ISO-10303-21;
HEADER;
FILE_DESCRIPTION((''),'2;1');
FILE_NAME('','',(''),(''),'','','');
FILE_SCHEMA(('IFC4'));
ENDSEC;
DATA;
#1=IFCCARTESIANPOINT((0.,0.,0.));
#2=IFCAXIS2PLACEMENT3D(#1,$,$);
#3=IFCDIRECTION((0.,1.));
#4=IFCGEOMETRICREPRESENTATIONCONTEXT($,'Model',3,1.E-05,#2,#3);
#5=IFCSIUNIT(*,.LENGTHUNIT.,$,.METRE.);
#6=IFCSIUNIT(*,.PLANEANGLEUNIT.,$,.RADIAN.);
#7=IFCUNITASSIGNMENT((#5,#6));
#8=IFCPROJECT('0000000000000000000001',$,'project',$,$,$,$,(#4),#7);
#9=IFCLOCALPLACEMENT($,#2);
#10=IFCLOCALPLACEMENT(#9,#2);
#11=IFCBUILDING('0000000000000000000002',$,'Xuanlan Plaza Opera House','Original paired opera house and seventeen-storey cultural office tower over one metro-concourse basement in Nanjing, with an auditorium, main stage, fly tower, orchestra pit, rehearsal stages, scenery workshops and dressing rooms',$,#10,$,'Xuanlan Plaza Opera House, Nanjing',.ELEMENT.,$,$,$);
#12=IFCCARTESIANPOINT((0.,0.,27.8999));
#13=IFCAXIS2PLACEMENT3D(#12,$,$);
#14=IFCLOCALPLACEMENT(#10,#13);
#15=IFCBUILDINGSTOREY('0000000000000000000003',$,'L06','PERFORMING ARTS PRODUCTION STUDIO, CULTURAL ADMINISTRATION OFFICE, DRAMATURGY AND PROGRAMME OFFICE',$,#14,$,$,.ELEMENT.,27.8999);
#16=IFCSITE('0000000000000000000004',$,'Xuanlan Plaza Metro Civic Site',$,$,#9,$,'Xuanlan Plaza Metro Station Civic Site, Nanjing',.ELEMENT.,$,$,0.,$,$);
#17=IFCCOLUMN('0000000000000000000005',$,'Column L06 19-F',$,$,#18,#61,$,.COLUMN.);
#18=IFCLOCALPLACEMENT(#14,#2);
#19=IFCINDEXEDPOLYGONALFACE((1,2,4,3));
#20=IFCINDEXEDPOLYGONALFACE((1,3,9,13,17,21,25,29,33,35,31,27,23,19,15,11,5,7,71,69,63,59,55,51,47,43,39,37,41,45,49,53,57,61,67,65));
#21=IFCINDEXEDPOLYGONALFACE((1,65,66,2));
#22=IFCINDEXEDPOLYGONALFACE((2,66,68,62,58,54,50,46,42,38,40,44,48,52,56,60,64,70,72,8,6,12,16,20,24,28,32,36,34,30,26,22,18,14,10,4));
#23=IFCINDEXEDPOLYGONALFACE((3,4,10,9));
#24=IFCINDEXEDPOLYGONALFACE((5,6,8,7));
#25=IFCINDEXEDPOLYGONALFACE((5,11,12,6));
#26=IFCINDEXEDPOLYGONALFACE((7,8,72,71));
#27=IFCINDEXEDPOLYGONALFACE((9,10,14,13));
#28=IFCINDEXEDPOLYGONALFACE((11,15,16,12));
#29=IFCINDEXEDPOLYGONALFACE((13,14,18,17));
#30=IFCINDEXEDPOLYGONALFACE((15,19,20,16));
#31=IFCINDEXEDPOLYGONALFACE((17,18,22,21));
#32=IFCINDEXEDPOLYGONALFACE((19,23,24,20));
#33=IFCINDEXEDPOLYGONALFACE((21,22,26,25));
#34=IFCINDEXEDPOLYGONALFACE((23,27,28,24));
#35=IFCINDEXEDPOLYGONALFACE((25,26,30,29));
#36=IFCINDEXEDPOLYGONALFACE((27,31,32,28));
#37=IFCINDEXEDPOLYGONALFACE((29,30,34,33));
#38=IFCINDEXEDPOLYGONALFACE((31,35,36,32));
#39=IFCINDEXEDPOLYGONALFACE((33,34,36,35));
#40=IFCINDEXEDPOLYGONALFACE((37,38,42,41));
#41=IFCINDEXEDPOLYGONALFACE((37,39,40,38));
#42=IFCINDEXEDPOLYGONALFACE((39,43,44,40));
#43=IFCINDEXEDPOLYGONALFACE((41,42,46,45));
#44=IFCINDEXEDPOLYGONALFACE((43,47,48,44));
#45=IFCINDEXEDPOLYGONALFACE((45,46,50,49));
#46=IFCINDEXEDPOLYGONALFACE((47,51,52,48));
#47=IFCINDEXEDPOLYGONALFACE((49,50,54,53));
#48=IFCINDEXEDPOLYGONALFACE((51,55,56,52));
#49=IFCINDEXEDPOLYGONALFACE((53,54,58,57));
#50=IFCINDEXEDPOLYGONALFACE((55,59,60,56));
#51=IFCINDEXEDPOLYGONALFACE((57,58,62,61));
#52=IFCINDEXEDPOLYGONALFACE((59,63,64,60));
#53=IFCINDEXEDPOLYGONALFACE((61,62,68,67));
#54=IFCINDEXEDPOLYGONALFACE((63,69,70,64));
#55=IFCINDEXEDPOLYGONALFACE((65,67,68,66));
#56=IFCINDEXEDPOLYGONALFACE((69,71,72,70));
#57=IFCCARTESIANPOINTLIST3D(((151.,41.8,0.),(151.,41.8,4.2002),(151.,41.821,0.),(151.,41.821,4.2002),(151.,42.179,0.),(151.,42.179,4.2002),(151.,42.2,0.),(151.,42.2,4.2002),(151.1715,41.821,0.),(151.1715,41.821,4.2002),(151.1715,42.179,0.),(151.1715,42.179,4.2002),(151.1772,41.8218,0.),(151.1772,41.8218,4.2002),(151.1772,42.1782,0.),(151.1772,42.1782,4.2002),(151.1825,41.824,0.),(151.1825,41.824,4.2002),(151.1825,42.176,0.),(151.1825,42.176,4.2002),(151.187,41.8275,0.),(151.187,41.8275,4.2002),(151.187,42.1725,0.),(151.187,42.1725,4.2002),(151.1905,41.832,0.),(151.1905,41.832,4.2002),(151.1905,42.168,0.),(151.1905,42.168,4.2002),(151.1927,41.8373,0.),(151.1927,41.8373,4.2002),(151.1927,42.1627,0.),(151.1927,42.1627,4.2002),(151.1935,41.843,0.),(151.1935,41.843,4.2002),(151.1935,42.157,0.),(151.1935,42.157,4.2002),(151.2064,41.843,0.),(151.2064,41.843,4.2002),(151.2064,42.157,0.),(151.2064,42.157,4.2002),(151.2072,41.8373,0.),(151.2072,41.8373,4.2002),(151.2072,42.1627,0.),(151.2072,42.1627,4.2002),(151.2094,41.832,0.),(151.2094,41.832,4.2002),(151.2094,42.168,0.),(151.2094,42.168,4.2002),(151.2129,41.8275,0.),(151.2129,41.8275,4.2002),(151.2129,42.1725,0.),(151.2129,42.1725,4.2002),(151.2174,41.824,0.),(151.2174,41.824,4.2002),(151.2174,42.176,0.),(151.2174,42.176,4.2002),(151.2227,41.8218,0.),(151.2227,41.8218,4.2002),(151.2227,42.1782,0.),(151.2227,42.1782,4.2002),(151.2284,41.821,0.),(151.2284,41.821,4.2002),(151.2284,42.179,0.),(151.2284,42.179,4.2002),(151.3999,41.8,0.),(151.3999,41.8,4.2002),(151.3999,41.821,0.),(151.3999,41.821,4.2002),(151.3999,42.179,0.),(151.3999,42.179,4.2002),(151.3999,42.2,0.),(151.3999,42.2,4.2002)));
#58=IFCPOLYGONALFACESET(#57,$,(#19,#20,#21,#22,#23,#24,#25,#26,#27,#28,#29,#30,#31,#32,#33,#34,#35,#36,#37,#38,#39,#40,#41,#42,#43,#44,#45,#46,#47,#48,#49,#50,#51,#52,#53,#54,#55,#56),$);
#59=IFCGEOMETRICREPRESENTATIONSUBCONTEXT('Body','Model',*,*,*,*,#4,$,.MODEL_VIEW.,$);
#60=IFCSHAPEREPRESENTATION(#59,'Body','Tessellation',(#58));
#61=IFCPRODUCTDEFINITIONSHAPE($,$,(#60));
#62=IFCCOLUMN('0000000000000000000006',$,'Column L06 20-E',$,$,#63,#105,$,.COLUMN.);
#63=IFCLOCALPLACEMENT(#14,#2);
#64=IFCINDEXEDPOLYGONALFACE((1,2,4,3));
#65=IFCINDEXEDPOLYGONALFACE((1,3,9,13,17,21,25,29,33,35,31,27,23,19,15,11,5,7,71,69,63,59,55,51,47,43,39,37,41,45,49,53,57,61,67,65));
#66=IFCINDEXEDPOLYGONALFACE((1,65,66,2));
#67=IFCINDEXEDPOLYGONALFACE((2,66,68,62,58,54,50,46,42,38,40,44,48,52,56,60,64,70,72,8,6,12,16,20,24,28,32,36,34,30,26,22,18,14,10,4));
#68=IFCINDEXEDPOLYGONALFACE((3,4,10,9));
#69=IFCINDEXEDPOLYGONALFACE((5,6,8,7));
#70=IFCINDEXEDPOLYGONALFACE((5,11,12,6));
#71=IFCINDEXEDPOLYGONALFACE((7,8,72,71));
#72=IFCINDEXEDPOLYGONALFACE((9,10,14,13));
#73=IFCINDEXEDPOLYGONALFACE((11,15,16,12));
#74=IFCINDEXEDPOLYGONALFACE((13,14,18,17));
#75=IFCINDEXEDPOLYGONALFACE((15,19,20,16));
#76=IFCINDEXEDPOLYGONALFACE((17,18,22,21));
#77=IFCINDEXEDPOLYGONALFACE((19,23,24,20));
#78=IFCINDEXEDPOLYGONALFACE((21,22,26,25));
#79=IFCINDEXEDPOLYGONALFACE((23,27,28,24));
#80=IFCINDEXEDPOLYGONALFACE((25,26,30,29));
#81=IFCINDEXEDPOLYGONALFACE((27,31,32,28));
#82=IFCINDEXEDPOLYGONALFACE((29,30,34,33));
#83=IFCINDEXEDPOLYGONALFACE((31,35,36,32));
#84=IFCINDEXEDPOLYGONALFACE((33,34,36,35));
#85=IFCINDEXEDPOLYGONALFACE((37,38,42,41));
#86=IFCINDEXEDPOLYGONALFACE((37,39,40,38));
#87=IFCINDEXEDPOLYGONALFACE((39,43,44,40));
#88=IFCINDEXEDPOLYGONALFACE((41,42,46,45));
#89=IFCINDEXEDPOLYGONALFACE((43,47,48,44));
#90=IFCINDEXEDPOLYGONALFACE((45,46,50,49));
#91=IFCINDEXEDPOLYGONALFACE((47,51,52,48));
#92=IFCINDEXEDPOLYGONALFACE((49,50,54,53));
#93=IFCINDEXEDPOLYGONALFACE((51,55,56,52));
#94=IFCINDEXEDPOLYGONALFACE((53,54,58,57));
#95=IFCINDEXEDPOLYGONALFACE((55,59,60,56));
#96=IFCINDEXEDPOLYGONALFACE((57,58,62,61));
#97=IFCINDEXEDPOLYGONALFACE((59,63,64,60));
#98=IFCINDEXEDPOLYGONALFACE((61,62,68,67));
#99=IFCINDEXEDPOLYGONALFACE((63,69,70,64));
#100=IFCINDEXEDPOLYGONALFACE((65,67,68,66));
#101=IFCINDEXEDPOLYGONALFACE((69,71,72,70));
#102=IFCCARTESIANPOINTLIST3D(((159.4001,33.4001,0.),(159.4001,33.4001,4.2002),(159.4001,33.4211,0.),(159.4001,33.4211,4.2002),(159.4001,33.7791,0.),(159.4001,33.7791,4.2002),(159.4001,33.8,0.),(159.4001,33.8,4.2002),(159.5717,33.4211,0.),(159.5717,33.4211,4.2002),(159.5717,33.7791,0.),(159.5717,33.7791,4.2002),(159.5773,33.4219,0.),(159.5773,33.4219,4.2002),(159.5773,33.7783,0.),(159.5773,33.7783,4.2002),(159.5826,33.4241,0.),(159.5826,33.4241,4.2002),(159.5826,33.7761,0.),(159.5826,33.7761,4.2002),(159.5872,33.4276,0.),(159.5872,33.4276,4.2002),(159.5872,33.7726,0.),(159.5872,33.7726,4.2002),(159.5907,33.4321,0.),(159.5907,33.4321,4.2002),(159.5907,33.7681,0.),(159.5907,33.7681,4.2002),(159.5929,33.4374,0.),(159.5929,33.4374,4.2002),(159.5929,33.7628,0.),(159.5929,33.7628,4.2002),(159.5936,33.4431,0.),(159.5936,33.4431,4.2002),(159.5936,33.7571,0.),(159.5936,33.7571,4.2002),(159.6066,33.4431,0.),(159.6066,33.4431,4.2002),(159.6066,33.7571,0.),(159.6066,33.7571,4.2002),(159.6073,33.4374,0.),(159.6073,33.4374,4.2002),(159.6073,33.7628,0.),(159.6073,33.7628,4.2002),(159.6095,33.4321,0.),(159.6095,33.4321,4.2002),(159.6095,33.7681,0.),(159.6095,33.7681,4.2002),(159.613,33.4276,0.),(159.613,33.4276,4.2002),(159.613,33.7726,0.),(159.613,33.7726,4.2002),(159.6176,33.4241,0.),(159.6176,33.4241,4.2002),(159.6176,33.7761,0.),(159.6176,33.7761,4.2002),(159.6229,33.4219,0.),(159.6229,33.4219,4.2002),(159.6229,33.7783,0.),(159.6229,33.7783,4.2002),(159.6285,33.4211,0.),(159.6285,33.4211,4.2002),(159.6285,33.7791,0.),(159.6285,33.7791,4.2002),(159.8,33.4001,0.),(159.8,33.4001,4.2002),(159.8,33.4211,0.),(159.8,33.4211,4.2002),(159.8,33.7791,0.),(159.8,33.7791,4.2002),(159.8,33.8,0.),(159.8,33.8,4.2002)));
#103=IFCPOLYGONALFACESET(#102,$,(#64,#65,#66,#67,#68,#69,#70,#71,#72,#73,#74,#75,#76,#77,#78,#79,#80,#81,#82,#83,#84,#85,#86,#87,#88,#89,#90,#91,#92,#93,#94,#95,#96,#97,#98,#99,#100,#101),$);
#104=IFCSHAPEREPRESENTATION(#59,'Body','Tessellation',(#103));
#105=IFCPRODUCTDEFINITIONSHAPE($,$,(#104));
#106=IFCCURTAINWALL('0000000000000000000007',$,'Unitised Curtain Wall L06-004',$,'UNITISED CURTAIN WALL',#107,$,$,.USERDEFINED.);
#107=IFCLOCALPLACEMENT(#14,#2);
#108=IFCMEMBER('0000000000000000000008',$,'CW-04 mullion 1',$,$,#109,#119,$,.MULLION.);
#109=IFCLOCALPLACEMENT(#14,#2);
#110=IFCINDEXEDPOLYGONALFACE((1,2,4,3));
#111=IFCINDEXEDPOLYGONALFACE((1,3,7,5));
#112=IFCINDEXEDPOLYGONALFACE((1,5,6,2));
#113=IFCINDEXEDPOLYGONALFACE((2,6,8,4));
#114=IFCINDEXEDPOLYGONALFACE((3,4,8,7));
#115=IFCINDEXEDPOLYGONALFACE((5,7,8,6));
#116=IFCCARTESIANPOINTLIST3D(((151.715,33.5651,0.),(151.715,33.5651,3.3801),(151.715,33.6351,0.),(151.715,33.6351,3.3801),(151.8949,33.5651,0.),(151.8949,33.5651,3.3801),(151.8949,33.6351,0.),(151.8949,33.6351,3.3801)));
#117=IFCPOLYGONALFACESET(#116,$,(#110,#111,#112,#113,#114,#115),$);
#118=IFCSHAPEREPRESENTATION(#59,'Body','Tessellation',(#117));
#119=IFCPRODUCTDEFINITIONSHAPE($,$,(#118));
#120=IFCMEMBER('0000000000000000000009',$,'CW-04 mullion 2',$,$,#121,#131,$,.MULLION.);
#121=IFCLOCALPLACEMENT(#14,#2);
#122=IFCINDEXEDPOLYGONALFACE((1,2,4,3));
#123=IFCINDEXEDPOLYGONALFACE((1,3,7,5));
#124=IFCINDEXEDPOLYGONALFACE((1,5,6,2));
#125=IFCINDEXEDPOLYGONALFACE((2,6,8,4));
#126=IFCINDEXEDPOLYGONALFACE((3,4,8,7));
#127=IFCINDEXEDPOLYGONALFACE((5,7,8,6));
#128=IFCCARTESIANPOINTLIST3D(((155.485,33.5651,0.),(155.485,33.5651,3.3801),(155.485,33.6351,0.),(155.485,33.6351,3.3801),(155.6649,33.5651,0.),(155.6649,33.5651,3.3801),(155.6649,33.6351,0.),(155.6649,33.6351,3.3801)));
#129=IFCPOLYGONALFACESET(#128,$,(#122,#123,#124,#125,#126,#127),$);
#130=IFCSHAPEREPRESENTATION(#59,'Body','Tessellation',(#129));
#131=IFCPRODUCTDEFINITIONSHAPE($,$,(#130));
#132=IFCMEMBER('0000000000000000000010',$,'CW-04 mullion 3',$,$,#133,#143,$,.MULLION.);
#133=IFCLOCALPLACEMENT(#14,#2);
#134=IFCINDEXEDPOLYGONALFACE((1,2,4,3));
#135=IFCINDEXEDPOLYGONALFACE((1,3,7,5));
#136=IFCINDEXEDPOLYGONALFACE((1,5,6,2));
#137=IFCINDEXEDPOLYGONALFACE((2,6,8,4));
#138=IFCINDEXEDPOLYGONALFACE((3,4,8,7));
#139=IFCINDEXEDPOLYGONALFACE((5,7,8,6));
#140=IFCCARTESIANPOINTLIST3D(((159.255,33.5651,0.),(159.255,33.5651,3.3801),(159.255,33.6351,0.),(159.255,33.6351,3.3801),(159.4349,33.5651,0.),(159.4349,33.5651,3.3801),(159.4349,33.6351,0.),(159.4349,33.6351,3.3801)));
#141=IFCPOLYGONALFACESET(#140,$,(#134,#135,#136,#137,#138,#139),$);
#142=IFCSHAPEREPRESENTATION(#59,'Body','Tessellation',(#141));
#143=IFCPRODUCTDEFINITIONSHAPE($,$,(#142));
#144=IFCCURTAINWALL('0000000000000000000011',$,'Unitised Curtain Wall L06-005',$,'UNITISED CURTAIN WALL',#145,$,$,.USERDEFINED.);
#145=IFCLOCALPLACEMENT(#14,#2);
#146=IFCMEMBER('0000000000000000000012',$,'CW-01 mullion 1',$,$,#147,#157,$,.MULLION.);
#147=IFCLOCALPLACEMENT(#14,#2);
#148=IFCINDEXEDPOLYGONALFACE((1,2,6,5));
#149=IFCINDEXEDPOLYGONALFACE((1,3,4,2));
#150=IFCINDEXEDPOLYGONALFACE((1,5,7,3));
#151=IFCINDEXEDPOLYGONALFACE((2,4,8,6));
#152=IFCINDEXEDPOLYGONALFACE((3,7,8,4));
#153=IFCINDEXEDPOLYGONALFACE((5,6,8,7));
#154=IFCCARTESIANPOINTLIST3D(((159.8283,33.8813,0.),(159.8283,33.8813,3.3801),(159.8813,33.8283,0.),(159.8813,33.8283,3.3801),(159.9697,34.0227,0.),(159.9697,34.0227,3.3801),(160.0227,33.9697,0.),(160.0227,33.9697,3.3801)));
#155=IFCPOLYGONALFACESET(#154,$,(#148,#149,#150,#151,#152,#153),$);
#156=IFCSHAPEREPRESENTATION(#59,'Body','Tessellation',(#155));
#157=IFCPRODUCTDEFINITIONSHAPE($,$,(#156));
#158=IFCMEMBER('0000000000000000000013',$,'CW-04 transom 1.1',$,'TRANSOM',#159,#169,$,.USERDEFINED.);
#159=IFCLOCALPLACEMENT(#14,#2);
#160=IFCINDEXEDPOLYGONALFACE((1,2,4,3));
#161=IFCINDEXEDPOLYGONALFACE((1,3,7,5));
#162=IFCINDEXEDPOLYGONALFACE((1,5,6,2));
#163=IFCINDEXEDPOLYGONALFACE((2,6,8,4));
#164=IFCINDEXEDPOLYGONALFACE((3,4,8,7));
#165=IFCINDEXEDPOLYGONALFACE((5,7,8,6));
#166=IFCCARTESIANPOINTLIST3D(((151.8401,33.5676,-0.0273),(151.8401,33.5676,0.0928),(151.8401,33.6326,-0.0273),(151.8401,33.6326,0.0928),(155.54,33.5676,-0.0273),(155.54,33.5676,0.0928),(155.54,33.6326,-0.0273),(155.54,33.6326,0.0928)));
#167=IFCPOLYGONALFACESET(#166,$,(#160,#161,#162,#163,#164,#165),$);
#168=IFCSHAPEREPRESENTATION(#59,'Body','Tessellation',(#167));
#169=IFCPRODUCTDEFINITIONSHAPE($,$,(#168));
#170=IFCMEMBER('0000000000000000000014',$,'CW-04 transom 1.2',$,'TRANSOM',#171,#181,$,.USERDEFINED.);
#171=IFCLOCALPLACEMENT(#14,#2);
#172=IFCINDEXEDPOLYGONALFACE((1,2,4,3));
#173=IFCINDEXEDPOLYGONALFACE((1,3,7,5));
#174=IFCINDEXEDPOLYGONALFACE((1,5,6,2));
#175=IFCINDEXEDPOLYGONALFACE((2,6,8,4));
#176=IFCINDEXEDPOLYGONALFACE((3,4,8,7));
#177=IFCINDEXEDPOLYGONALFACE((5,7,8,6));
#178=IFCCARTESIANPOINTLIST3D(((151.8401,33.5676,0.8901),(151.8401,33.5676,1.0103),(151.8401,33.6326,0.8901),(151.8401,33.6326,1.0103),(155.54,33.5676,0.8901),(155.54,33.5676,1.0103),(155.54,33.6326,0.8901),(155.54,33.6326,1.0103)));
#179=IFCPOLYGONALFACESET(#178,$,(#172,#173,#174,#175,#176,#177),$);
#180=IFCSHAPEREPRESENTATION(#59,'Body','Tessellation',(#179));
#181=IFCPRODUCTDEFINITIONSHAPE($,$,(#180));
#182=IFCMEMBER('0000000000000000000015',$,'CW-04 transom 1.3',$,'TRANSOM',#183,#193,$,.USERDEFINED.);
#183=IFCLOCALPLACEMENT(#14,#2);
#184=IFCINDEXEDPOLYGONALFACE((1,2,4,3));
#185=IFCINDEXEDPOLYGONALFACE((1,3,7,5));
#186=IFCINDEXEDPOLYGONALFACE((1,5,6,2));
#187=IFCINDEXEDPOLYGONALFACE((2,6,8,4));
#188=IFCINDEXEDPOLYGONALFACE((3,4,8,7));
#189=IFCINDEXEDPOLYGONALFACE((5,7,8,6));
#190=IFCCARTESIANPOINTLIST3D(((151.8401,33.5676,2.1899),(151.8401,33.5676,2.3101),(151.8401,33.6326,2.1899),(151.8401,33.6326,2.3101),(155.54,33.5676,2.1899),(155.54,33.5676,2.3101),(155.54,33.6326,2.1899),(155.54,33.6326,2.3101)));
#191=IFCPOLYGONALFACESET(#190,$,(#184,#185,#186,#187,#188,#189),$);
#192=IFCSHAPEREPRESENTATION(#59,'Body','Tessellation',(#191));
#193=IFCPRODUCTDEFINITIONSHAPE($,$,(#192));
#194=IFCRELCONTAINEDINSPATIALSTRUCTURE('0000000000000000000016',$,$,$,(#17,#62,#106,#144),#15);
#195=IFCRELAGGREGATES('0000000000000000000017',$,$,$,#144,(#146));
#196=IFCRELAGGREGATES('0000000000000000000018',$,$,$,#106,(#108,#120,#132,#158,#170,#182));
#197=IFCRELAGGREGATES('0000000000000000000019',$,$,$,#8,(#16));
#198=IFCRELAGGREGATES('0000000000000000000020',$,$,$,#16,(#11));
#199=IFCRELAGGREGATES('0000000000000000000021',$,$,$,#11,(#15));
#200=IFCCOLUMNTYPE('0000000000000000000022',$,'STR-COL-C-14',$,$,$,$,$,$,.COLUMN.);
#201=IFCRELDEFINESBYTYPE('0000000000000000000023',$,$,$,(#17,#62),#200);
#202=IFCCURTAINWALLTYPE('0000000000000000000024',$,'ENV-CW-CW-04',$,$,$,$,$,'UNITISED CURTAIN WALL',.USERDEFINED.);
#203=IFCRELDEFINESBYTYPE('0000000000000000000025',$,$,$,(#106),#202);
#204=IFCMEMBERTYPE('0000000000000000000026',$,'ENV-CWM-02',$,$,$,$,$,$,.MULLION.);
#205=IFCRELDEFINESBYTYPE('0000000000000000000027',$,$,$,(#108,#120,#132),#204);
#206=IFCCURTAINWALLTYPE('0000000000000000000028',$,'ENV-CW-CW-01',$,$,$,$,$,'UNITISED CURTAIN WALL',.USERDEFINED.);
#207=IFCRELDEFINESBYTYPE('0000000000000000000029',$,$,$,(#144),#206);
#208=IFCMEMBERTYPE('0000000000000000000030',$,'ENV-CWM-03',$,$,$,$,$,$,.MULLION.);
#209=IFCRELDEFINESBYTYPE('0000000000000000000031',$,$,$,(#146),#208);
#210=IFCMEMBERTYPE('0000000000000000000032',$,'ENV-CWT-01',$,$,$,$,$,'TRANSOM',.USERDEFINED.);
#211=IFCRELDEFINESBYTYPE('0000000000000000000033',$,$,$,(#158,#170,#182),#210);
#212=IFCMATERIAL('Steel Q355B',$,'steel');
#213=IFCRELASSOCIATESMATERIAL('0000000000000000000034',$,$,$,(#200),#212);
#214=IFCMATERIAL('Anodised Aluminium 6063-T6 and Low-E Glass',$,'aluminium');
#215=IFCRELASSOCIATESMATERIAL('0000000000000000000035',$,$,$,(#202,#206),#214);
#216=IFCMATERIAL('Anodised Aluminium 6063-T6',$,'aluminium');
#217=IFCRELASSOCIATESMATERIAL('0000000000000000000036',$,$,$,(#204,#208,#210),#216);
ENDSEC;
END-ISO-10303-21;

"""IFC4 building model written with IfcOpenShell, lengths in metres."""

from ifc_helpers import new_model, si_unit, direction, frame, origin, origin_2d, place, context, subcontext, project, spatial, rectangle, i_section, extrude, material, material_profile, profile_set, type_object, element, aggregate, save


model = new_model("IFC4")

# Units and contexts
model_context = context("Model", 3, precision=1e-05, world=origin(), true_north=direction((0.0, 1.0)))
body_context = subcontext(model_context, "Body", "Model", "MODEL_VIEW")
ifc_project = project(units=[si_unit("LENGTHUNIT", "METRE"), si_unit("PLANEANGLEUNIT", "RADIAN")], contexts=[model_context])

# Site, building, storey
site_placement = place(None, origin())
site = spatial("IfcSite", under=ifc_project, at=site_placement, Name="Xuanlan Plaza Metro Civic Site", LongName="Xuanlan Plaza Metro Station Civic Site, Nanjing", CompositionType="ELEMENT", RefElevation=0.0)
building_placement = place(site_placement, origin())
building = spatial("IfcBuilding", under=site, at=building_placement, Name="Xuanlan Plaza Opera House", Description="Original paired opera house and seventeen-storey cultural office tower over one metro-concourse basement in Nanjing, with an auditorium, main stage, fly tower, orchestra pit, rehearsal stages, scenery workshops and dressing rooms", LongName="Xuanlan Plaza Opera House, Nanjing", CompositionType="ELEMENT")
storey_placement = place(building_placement, frame((0.0, 0.0, 27.8999)))
storey = spatial("IfcBuildingStorey", under=building, at=storey_placement, Name="L06", Description="PERFORMING ARTS PRODUCTION STUDIO, CULTURAL ADMINISTRATION OFFICE, DRAMATURGY AND PROGRAMME OFFICE", CompositionType="ELEMENT", Elevation=27.8999)

# Columns
ifc_material_1 = material(Name="Steel Q355B", Category="steel")
ifc_material_profile_1 = material_profile(ifc_material_1, i_section(OverallWidth=0.3999, OverallDepth=0.3999, WebThickness=0.0129, FlangeThickness=0.021, FilletRadius=0.022, at=origin_2d()), Name="HW 400x400x13x21")
ifc_profile_set_1 = profile_set([ifc_material_profile_1], Name="Steel Q355B")
column_type = type_object("IfcColumnType", Name="STR-COL-C-14", PredefinedType="COLUMN", material=ifc_profile_set_1)
for number, where, z_axis, x_axis, name in (
    (1, (151.2, 42.0, 0.0), (0.0, 0.0, 1.0), (1.0, 0.0, 0.0), "Column L06 19-F"),
    (2, (159.6001, 33.6001, 0.0), (0.0, 0.0, 1.0), (1.0, 0.0, 0.0), "Column L06 20-E"),
):
    element("IfcColumn", number, at=place(storey_placement, frame(where, z_axis=z_axis, x_axis=x_axis)), inside=storey, type_object=column_type, Name=name, PredefinedType="COLUMN", context=body_context, shape_type="SweptSolid", body=[
        extrude(i_section(OverallWidth=0.3999, OverallDepth=0.3999, WebThickness=0.0129, FlangeThickness=0.021, FilletRadius=0.022, at=origin_2d()), origin(), (0.0, 0.0, 1.0), 4.2002),
    ])

# Curtain wall, members
ifc_material_2 = material(Name="Anodised Aluminium 6063-T6 and Low-E Glass", Category="aluminium")
curtain_wall_type_1 = type_object("IfcCurtainWallType", Name="ENV-CW-CW-04", ElementType="UNITISED CURTAIN WALL", PredefinedType="USERDEFINED", material=ifc_material_2)
curtain_wall_1_placement = place(storey_placement, origin())
curtain_wall_1 = element("IfcCurtainWall", 3, at=curtain_wall_1_placement, inside=storey, type_object=curtain_wall_type_1, Name="Unitised Curtain Wall L06-004", ObjectType="UNITISED CURTAIN WALL", PredefinedType="USERDEFINED")
ifc_material_3 = material(Name="Anodised Aluminium 6063-T6", Category="aluminium")
ifc_material_profile_2 = material_profile(ifc_material_3, rectangle(XDim=0.0701, YDim=0.1799, at=origin_2d()), Name="ALU-M 70x180")
ifc_profile_set_2 = profile_set([ifc_material_profile_2], Name="Anodised Aluminium 6063-T6")
member_type_1 = type_object("IfcMemberType", Name="ENV-CWM-02", PredefinedType="MULLION", material=ifc_profile_set_2)
member_1_placement = place(storey_placement, frame((151.8049, 33.6001, 0.0), z_axis=(0.0, 0.0, 1.0), x_axis=(0.0, 1.0, 0.0)))
member_1 = element("IfcMember", 4, at=member_1_placement, type_object=member_type_1, Name="CW-04 mullion 1", PredefinedType="MULLION", context=body_context, shape_type="SweptSolid", body=[
    extrude(rectangle(XDim=0.0701, YDim=0.1799, at=origin_2d()), origin(), (0.0, 0.0, 1.0), 3.3801),
])
member_2_placement = place(storey_placement, frame((155.575, 33.6001, 0.0), z_axis=(0.0, 0.0, 1.0), x_axis=(0.0, 1.0, 0.0)))
member_2 = element("IfcMember", 5, at=member_2_placement, type_object=member_type_1, Name="CW-04 mullion 2", PredefinedType="MULLION", context=body_context, shape_type="SweptSolid", body=[
    extrude(rectangle(XDim=0.0701, YDim=0.1799, at=origin_2d()), origin(), (0.0, 0.0, 1.0), 3.3801),
])
member_3_placement = place(storey_placement, frame((159.345, 33.6001, 0.0), z_axis=(0.0, 0.0, 1.0), x_axis=(0.0, 1.0, 0.0)))
member_3 = element("IfcMember", 6, at=member_3_placement, type_object=member_type_1, Name="CW-04 mullion 3", PredefinedType="MULLION", context=body_context, shape_type="SweptSolid", body=[
    extrude(rectangle(XDim=0.0701, YDim=0.1799, at=origin_2d()), origin(), (0.0, 0.0, 1.0), 3.3801),
])

# Curtain wall, member
curtain_wall_type_2 = type_object("IfcCurtainWallType", Name="ENV-CW-CW-01", ElementType="UNITISED CURTAIN WALL", PredefinedType="USERDEFINED", material=ifc_material_2)
curtain_wall_2_placement = place(storey_placement, origin())
curtain_wall_2 = element("IfcCurtainWall", 7, at=curtain_wall_2_placement, inside=storey, type_object=curtain_wall_type_2, Name="Unitised Curtain Wall L06-005", ObjectType="UNITISED CURTAIN WALL", PredefinedType="USERDEFINED")
ifc_material_profile_3 = material_profile(ifc_material_3, rectangle(XDim=0.075, YDim=0.2, at=origin_2d()), Name="ALU-M 75x200")
ifc_profile_set_3 = profile_set([ifc_material_profile_3], Name="Anodised Aluminium 6063-T6")
member_type_2 = type_object("IfcMemberType", Name="ENV-CWM-03", PredefinedType="MULLION", material=ifc_profile_set_3)
member_4_placement = place(storey_placement, frame((159.9255, 33.9255, 0.0), z_axis=(0.0, 0.0, 1.0), x_axis=(-0.707107, 0.707107, 0.0)))
member_4 = element("IfcMember", 8, at=member_4_placement, type_object=member_type_2, Name="CW-01 mullion 1", PredefinedType="MULLION", context=body_context, shape_type="SweptSolid", body=[
    extrude(rectangle(XDim=0.075, YDim=0.2, at=origin_2d()), origin(), (0.0, 0.0, 1.0), 3.3801),
])
aggregate(curtain_wall_2, [member_4])

# Members
ifc_material_profile_4 = material_profile(ifc_material_3, rectangle(XDim=0.0649, YDim=0.1201, at=origin_2d()), Name="ALU-T 65x120")
ifc_profile_set_4 = profile_set([ifc_material_profile_4], Name="Anodised Aluminium 6063-T6")
member_type_3 = type_object("IfcMemberType", Name="ENV-CWT-01", ElementType="TRANSOM", PredefinedType="USERDEFINED", material=ifc_profile_set_4)
member_5_placement = place(storey_placement, frame((151.8401, 33.6001, 0.0327), z_axis=(1.0, 0.0, 0.0), x_axis=(0.0, 1.0, 0.0)))
member_5 = element("IfcMember", 9, at=member_5_placement, type_object=member_type_3, Name="CW-04 transom 1.1", ObjectType="TRANSOM", PredefinedType="USERDEFINED", context=body_context, shape_type="SweptSolid", body=[
    extrude(rectangle(XDim=0.0649, YDim=0.1201, at=origin_2d()), origin(), (0.0, 0.0, 1.0), 3.7),
])
member_6_placement = place(storey_placement, frame((151.8401, 33.6001, 0.9502), z_axis=(1.0, 0.0, 0.0), x_axis=(0.0, 1.0, 0.0)))
member_6 = element("IfcMember", 10, at=member_6_placement, type_object=member_type_3, Name="CW-04 transom 1.2", ObjectType="TRANSOM", PredefinedType="USERDEFINED", context=body_context, shape_type="SweptSolid", body=[
    extrude(rectangle(XDim=0.0649, YDim=0.1201, at=origin_2d()), origin(), (0.0, 0.0, 1.0), 3.7),
])
member_7_placement = place(storey_placement, frame((151.8401, 33.6001, 2.25), z_axis=(1.0, 0.0, 0.0), x_axis=(0.0, 1.0, 0.0)))
member_7 = element("IfcMember", 11, at=member_7_placement, type_object=member_type_3, Name="CW-04 transom 1.3", ObjectType="TRANSOM", PredefinedType="USERDEFINED", context=body_context, shape_type="SweptSolid", body=[
    extrude(rectangle(XDim=0.0649, YDim=0.1201, at=origin_2d()), origin(), (0.0, 0.0, 1.0), 3.7),
])

aggregate(curtain_wall_1, [member_1, member_2, member_3, member_5, member_6, member_7])

save(model, "model.ifc")
